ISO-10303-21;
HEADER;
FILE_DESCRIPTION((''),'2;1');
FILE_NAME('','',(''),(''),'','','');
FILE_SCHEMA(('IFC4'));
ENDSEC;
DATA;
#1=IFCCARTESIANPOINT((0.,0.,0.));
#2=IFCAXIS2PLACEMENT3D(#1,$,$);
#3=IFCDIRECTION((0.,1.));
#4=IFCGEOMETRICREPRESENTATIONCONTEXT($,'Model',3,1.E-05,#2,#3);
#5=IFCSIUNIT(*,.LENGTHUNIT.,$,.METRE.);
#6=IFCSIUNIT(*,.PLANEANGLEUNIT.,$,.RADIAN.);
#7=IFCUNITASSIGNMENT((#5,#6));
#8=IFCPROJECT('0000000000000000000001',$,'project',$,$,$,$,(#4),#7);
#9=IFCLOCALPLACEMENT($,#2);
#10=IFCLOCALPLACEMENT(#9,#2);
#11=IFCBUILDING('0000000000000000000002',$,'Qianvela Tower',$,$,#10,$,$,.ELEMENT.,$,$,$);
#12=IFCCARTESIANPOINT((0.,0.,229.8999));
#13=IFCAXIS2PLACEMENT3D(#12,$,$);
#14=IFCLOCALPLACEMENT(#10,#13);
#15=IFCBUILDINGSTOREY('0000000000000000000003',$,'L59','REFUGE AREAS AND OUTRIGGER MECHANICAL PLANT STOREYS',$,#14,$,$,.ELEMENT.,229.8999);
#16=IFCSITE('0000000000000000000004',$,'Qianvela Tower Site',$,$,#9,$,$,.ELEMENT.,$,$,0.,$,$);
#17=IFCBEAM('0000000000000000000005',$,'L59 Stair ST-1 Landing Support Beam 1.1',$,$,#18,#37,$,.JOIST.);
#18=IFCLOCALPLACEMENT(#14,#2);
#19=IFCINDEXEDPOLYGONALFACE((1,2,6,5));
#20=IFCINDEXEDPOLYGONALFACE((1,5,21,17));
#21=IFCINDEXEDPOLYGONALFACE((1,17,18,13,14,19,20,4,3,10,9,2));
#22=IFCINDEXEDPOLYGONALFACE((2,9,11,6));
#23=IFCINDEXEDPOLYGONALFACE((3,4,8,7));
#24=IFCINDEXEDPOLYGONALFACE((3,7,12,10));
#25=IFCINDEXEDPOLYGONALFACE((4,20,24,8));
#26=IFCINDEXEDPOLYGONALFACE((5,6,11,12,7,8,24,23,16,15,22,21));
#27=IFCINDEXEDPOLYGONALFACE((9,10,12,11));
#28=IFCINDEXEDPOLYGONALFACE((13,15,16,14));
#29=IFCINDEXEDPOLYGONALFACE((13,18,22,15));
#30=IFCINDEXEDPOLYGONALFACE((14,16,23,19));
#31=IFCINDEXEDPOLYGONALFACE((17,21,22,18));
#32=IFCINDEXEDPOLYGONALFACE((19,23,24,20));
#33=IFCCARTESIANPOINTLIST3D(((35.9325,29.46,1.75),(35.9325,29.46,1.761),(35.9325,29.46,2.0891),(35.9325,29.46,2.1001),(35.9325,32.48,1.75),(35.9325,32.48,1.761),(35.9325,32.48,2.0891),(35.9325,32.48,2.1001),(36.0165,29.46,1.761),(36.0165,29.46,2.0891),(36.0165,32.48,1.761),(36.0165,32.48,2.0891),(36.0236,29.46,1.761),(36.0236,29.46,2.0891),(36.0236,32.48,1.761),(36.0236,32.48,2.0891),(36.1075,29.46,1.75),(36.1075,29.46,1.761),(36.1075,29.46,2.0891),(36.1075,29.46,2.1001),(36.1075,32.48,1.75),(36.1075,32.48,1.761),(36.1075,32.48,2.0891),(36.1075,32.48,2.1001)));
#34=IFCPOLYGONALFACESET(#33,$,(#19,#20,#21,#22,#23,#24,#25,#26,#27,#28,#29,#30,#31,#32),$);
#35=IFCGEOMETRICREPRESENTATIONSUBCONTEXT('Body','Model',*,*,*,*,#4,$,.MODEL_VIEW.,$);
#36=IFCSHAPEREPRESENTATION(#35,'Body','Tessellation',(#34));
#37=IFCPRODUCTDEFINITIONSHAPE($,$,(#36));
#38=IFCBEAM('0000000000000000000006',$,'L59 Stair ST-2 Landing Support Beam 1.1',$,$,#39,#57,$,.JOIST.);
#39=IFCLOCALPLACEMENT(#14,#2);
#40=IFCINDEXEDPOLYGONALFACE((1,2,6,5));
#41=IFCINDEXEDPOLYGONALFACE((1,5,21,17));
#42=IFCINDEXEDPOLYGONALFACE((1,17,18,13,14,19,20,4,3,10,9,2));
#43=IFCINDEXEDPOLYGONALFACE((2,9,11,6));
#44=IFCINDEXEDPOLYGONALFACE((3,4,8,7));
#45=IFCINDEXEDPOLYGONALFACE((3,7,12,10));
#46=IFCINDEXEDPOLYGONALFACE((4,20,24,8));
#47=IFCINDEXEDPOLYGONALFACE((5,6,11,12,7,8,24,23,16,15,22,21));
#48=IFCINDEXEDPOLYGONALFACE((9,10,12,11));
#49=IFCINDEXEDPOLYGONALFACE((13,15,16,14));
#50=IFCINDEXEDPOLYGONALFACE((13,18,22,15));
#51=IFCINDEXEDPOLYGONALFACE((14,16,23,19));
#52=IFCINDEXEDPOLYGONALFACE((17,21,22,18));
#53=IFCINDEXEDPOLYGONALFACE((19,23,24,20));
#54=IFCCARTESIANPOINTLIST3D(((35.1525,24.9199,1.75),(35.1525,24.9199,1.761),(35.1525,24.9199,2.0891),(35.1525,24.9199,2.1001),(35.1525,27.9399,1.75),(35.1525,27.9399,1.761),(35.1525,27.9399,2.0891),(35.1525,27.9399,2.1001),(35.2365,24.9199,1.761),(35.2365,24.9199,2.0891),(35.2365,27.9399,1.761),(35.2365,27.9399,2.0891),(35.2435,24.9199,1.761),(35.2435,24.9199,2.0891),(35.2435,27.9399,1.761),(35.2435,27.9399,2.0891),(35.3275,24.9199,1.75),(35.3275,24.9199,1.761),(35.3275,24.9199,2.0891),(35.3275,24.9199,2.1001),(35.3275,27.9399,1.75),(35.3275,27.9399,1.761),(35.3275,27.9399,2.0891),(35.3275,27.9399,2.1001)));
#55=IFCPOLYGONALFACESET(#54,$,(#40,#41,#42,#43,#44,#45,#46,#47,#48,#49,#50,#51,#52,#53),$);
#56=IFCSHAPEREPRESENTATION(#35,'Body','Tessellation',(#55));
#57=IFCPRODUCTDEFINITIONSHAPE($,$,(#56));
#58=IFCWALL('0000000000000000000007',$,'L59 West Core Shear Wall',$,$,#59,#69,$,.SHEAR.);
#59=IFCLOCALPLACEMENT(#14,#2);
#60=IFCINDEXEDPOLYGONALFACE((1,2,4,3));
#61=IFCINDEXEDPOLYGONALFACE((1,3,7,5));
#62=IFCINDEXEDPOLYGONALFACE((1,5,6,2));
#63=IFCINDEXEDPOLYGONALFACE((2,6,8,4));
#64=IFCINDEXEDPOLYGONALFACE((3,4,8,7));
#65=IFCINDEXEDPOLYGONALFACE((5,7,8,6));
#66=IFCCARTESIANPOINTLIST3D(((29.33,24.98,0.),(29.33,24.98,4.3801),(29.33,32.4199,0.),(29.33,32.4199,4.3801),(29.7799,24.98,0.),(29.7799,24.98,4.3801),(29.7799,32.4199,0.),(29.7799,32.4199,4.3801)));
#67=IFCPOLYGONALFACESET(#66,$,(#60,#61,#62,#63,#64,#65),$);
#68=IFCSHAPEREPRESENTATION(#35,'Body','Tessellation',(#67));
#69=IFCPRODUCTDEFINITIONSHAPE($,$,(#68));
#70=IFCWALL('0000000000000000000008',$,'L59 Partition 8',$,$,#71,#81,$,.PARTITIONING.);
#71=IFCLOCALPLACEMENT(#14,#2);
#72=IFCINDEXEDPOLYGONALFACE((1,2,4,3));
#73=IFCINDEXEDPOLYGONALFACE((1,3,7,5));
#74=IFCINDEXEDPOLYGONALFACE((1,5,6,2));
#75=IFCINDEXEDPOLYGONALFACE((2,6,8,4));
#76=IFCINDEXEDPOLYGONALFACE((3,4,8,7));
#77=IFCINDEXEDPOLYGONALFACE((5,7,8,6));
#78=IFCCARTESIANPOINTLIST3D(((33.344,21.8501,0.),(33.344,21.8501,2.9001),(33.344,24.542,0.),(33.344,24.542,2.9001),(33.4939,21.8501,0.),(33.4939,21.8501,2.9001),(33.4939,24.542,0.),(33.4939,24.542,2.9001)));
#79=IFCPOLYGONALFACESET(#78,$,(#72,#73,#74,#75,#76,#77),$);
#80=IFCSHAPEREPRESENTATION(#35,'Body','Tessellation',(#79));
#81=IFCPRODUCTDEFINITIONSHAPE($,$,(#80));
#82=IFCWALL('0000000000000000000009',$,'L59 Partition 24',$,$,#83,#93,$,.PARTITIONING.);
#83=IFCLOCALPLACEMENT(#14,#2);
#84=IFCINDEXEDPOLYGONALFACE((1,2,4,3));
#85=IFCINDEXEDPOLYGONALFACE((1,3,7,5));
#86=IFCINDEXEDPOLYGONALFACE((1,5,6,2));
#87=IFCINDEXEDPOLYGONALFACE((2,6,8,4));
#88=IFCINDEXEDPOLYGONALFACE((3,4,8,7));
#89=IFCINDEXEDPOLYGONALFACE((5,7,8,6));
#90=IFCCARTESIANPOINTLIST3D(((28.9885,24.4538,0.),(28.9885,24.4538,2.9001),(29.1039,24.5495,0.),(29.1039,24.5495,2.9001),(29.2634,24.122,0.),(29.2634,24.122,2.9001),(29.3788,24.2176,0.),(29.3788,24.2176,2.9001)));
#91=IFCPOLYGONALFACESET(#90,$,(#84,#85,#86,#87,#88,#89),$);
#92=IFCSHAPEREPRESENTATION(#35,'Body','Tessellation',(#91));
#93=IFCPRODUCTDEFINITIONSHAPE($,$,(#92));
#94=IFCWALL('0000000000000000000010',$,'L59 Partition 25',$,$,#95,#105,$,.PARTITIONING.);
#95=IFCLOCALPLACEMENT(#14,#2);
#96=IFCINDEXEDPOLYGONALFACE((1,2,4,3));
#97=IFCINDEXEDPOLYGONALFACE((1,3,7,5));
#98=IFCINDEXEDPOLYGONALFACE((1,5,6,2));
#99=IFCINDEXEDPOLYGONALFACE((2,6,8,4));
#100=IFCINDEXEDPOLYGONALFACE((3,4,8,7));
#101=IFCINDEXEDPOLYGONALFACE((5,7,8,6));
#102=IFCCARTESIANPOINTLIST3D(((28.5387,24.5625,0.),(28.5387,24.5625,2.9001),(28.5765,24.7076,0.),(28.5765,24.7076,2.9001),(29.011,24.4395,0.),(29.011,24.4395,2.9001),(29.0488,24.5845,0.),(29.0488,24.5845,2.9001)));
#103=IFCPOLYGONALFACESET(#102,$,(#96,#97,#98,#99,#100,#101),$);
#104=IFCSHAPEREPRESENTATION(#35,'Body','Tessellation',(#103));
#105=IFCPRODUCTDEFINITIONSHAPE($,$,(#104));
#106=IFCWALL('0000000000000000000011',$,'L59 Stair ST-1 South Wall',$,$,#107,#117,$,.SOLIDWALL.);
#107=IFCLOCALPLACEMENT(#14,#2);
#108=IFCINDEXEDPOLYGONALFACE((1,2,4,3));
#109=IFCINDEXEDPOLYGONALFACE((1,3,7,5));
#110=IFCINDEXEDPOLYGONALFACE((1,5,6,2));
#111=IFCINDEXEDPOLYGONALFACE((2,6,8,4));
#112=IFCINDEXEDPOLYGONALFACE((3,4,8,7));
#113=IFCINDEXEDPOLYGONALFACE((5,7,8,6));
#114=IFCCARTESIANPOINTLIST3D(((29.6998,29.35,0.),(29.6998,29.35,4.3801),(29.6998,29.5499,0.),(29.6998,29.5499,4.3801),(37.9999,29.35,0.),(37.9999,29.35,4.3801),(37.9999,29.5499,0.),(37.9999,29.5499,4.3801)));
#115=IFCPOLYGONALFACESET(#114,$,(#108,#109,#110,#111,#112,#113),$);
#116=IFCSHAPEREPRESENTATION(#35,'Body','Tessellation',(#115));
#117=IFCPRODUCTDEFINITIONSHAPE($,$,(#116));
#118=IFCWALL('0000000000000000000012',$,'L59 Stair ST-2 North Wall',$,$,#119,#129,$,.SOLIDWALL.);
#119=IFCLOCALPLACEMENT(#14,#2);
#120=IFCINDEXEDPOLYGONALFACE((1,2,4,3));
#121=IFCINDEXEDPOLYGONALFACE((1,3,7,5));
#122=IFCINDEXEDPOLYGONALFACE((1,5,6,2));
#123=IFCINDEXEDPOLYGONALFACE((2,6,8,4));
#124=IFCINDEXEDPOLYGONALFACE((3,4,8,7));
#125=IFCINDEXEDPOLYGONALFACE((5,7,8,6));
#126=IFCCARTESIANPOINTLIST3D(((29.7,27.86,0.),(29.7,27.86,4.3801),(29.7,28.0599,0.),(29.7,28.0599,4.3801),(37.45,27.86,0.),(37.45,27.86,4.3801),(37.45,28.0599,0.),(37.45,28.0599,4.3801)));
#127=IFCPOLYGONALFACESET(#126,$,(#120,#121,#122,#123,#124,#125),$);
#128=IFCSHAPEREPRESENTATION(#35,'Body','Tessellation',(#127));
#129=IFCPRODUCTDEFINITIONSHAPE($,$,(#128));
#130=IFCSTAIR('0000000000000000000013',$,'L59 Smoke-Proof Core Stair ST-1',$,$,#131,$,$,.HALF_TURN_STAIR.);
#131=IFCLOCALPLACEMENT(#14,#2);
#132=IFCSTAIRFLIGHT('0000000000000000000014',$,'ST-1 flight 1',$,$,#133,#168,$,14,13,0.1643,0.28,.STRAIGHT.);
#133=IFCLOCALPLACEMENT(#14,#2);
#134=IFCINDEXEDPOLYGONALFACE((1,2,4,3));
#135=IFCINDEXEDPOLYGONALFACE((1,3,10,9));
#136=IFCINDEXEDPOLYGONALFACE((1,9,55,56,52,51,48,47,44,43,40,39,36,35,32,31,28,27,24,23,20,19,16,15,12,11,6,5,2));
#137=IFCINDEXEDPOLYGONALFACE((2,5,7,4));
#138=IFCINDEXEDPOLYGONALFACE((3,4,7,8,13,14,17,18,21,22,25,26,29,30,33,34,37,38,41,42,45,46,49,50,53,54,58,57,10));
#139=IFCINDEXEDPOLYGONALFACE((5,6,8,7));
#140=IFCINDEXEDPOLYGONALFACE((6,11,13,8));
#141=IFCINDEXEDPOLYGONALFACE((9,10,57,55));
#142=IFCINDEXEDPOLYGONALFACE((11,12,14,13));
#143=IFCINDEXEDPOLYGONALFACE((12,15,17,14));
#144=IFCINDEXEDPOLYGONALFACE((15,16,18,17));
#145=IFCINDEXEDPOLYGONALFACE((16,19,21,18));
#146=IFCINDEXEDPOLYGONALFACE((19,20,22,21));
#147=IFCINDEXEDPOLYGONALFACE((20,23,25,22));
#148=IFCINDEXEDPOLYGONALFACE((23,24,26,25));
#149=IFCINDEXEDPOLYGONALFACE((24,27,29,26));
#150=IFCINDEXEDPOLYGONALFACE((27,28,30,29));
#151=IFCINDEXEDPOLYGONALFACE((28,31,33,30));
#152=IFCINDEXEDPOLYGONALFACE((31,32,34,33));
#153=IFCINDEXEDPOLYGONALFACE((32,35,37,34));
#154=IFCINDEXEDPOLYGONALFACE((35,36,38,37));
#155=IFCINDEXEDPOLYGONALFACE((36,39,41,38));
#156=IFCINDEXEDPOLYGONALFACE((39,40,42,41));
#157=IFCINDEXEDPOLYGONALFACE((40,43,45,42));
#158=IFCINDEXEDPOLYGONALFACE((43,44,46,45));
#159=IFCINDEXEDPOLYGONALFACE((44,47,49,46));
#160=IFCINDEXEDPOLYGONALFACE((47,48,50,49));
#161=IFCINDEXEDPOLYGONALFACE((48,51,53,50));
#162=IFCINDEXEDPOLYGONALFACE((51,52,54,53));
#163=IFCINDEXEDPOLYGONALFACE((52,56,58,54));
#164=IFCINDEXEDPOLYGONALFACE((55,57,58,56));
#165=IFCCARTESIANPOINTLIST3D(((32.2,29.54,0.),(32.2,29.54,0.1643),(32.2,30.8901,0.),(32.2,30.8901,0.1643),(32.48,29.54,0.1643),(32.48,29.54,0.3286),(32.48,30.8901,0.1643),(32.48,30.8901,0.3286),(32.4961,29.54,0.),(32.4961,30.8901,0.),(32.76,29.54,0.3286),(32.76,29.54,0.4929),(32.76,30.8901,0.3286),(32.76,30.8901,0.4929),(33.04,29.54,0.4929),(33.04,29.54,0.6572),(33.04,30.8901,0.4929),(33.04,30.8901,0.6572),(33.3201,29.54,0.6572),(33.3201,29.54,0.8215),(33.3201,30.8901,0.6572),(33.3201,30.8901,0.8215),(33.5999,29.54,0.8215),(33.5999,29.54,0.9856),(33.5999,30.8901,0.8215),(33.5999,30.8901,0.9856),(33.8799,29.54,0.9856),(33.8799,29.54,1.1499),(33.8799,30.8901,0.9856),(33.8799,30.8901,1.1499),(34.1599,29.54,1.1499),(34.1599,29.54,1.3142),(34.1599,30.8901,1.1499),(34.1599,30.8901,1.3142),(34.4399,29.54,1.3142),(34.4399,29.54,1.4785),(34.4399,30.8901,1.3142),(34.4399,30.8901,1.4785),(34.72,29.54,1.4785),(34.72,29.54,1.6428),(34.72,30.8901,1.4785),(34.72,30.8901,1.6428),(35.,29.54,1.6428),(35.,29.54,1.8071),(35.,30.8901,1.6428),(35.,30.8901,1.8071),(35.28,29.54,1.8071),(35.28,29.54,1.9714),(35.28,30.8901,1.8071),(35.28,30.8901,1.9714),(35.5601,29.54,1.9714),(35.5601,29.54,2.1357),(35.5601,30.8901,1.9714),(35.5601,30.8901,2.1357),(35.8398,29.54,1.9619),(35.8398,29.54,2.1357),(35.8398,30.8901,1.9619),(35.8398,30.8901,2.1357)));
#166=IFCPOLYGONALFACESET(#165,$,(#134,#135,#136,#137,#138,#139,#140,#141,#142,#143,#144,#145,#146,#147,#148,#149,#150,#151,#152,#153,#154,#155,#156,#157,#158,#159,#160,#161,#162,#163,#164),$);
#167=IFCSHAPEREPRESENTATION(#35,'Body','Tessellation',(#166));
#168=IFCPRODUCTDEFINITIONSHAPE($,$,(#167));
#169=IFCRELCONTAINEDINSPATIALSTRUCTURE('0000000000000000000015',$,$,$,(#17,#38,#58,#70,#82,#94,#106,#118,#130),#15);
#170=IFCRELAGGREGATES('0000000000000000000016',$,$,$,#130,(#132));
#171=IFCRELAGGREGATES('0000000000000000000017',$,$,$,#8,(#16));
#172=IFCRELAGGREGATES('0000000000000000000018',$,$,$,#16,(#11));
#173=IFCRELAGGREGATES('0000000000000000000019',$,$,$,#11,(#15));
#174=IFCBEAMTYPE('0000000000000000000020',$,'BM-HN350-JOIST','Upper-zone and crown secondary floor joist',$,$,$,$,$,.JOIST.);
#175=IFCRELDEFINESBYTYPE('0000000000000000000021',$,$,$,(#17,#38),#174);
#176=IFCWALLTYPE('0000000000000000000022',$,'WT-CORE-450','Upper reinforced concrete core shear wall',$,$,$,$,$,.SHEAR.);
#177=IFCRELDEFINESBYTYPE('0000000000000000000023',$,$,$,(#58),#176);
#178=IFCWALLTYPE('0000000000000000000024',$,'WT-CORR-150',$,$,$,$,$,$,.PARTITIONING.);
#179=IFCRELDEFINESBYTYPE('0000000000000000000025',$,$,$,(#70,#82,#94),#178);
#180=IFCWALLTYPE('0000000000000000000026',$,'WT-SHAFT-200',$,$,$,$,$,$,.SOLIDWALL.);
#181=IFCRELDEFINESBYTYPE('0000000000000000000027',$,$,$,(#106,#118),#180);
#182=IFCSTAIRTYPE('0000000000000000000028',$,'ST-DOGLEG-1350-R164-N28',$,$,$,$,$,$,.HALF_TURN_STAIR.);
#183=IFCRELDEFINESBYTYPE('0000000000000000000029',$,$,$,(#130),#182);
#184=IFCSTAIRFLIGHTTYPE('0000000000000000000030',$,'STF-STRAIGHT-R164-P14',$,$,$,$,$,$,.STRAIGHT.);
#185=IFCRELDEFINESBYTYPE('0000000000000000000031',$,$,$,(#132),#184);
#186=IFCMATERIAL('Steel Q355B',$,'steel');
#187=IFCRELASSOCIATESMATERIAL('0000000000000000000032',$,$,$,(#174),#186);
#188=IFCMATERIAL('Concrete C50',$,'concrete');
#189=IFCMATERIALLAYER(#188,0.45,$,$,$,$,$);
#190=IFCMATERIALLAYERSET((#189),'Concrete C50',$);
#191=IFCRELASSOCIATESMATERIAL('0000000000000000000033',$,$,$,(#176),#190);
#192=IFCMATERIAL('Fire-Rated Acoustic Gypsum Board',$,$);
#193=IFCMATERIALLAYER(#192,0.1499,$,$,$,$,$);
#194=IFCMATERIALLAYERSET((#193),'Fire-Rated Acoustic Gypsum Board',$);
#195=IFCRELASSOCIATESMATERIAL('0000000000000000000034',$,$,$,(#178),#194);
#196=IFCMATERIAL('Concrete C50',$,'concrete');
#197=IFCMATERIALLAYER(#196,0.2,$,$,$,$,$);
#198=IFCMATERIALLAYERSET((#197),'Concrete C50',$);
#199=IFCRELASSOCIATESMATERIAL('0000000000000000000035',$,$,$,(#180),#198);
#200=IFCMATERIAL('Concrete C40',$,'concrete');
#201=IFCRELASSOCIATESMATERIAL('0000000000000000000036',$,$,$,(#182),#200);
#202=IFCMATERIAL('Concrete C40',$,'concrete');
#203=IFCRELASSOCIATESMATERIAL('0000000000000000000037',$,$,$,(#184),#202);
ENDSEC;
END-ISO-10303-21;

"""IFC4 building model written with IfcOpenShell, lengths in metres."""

from ifc_helpers import new_model, si_unit, direction, frame, frame_2d, origin, origin_2d, place, context, subcontext, project, spatial, polyline, rectangle, i_section, outline, extrude, material, layer, layer_set, material_profile, profile_set, type_object, element, aggregate, save


model = new_model("IFC4")

# Units and contexts
model_context = context("Model", 3, precision=1e-05, world=origin(), true_north=direction((0.0, 1.0)))
body_context = subcontext(model_context, "Body", "Model", "MODEL_VIEW")
ifc_project = project(units=[si_unit("LENGTHUNIT", "METRE"), si_unit("PLANEANGLEUNIT", "RADIAN")], contexts=[model_context])

# Site, building, storey
site_placement = place(None, origin())
site = spatial("IfcSite", under=ifc_project, at=site_placement, Name="Qianvela Tower Site", CompositionType="ELEMENT", RefElevation=0.0)
building_placement = place(site_placement, origin())
building = spatial("IfcBuilding", under=site, at=building_placement, Name="Qianvela Tower", CompositionType="ELEMENT")
storey_placement = place(building_placement, frame((0.0, 0.0, 229.8999)))
storey = spatial("IfcBuildingStorey", under=building, at=storey_placement, Name="L59", Description="REFUGE AREAS AND OUTRIGGER MECHANICAL PLANT STOREYS", CompositionType="ELEMENT", Elevation=229.8999)

# Beams
ifc_material_1 = material(Name="Steel Q355B", Category="steel")
ifc_material_profile = material_profile(ifc_material_1, i_section(OverallWidth=0.175, OverallDepth=0.3501, WebThickness=0.0071, FlangeThickness=0.011, at=origin_2d()), Name="HN350x175x7x11")
ifc_profile_set = profile_set([ifc_material_profile], Name="Steel Q355B")
beam_type = type_object("IfcBeamType", Name="BM-HN350-JOIST", Description="Upper-zone and crown secondary floor joist", PredefinedType="JOIST", material=ifc_profile_set)
for number, where, z_axis, x_axis, name in (
    (1, (36.02, 29.46, 1.925), (0.0, 1.0, 0.0), (-1.0, 0.0, 0.0), "L59 Stair ST-1 Landing Support Beam 1.1"),
    (2, (35.24, 24.9199, 1.925), (0.0, 1.0, 0.0), (-1.0, 0.0, 0.0), "L59 Stair ST-2 Landing Support Beam 1.1"),
):
    element("IfcBeam", number, at=place(storey_placement, frame(where, z_axis=z_axis, x_axis=x_axis)), inside=storey, type_object=beam_type, Name=name, PredefinedType="JOIST", context=body_context, shape_type="SweptSolid", body=[
        extrude(i_section(OverallWidth=0.175, OverallDepth=0.3501, WebThickness=0.0071, FlangeThickness=0.011, at=origin_2d()), origin(), (0.0, 0.0, 1.0), 3.02),
    ])

# Shared definitions
ifc_material_2 = material(Name="Concrete C50", Category="concrete")
ifc_layer_1 = layer(ifc_material_2, 0.45)
ifc_layer_set_1 = layer_set([ifc_layer_1], Name="Concrete C50")
wall_type_1 = type_object("IfcWallType", Name="WT-CORE-450", Description="Upper reinforced concrete core shear wall", PredefinedType="SHEAR", material=ifc_layer_set_1)

# Walls
wall_1_placement = place(storey_placement, frame((29.5549, 24.98, 0.0), z_axis=(0.0, 0.0, 1.0), x_axis=(0.0, 1.0, 0.0)))
element("IfcWall", 3, at=wall_1_placement, inside=storey, type_object=wall_type_1, Name="L59 West Core Shear Wall", PredefinedType="SHEAR", context=body_context, shape_type="SweptSolid", body=[
    extrude(rectangle(XDim=7.4399, YDim=0.45, at=frame_2d((3.72, 0.0))), origin(), (0.0, 0.0, 1.0), 4.3801),
])
ifc_material_3 = material(Name="Fire-Rated Acoustic Gypsum Board")
ifc_layer_2 = layer(ifc_material_3, 0.1499)
ifc_layer_set_2 = layer_set([ifc_layer_2], Name="Fire-Rated Acoustic Gypsum Board")
wall_type_2 = type_object("IfcWallType", Name="WT-CORR-150", PredefinedType="PARTITIONING", material=ifc_layer_set_2)
wall_2_placement = place(storey_placement, frame((33.4189, 24.542, 0.0), z_axis=(0.0, 0.0, 1.0), x_axis=(0.0, -1.0, 0.0)))
element("IfcWall", 4, at=wall_2_placement, inside=storey, type_object=wall_type_2, Name="L59 Partition 8", PredefinedType="PARTITIONING", context=body_context, shape_type="SweptSolid", body=[
    extrude(rectangle(XDim=2.6919, YDim=0.1499, at=frame_2d((1.3459, 0.0))), origin(), (0.0, 0.0, 1.0), 2.9001),
])
wall_3_placement = place(storey_placement, frame((29.321, 24.1699, 0.0), z_axis=(0.0, 0.0, 1.0), x_axis=(-0.638008, 0.77003, 0.0)))
element("IfcWall", 5, at=wall_3_placement, inside=storey, type_object=wall_type_2, Name="L59 Partition 24", PredefinedType="PARTITIONING", context=body_context, shape_type="SweptSolid", body=[
    extrude(rectangle(XDim=0.4309, YDim=0.1499, at=frame_2d((0.2153, 0.0))), origin(), (0.0, 0.0, 1.0), 2.9001),
])
wall_4_placement = place(storey_placement, frame((29.03, 24.512, 0.0), z_axis=(0.0, 0.0, 1.0), x_axis=(-0.967681, 0.252177, 0.0)))
element("IfcWall", 6, at=wall_4_placement, inside=storey, type_object=wall_type_2, Name="L59 Partition 25", PredefinedType="PARTITIONING", context=body_context, shape_type="SweptSolid", body=[
    extrude(rectangle(XDim=0.488, YDim=0.1499, at=frame_2d((0.2441, 0.0))), origin(), (0.0, 0.0, 1.0), 2.9001),
])
ifc_material_4 = material(Name="Concrete C50", Category="concrete")
ifc_layer_3 = layer(ifc_material_4, 0.2)
ifc_layer_set_3 = layer_set([ifc_layer_3], Name="Concrete C50")
wall_type_3 = type_object("IfcWallType", Name="WT-SHAFT-200", PredefinedType="SOLIDWALL", material=ifc_layer_set_3)
wall_5_placement = place(storey_placement, frame((29.7, 29.45, 0.0), z_axis=(0.0, 0.0, 1.0), x_axis=(1.0, 0.0, 0.0)))
element("IfcWall", 7, at=wall_5_placement, inside=storey, type_object=wall_type_3, Name="L59 Stair ST-1 South Wall", PredefinedType="SOLIDWALL", context=body_context, shape_type="SweptSolid", body=[
    extrude(rectangle(XDim=8.3, YDim=0.2, at=frame_2d((4.1499, 0.0))), origin(), (0.0, 0.0, 1.0), 4.3801),
])
wall_6_placement = place(storey_placement, frame((29.7, 27.96, 0.0), z_axis=(0.0, 0.0, 1.0), x_axis=(1.0, 0.0, 0.0)))
element("IfcWall", 8, at=wall_6_placement, inside=storey, type_object=wall_type_3, Name="L59 Stair ST-2 North Wall", PredefinedType="SOLIDWALL", context=body_context, shape_type="SweptSolid", body=[
    extrude(rectangle(XDim=7.75, YDim=0.2, at=frame_2d((3.875, 0.0))), origin(), (0.0, 0.0, 1.0), 4.3801),
])

# Stair, stair flight
ifc_material_5 = material(Name="Concrete C40", Category="concrete")
stair_type = type_object("IfcStairType", Name="ST-DOGLEG-1350-R164-N28", PredefinedType="HALF_TURN_STAIR", material=ifc_material_5)
stair_1_placement = place(storey_placement, origin())
stair_1 = element("IfcStair", 9, at=stair_1_placement, inside=storey, type_object=stair_type, Name="L59 Smoke-Proof Core Stair ST-1", PredefinedType="HALF_TURN_STAIR")
ifc_material_6 = material(Name="Concrete C40", Category="concrete")
stair_flight_type = type_object("IfcStairFlightType", Name="STF-STRAIGHT-R164-P14", PredefinedType="STRAIGHT", material=ifc_material_6)
stair_flight_1_placement = place(storey_placement, frame((32.2, 30.2151, 0.0), z_axis=(0.0, 0.0, 1.0), x_axis=(1.0, 0.0, 0.0)))
stair_flight_1 = element("IfcStairFlight", 10, at=stair_flight_1_placement, type_object=stair_flight_type, Name="ST-1 flight 1", NumberOfRisers=14, NumberOfTreads=13, PredefinedType="STRAIGHT", RiserHeight=0.1643, TreadLength=0.28, context=body_context, shape_type="SweptSolid", body=[
    extrude(outline(polyline([(0.0, 0.0), (0.0, 0.1643), (0.28, 0.1643), (0.28, 0.3286), (0.5601, 0.3286), (0.5601, 0.4929), (0.8401, 0.4929), (0.8401, 0.6572), (1.1201, 0.6572), (1.1201, 0.8215), (1.3999, 0.8215), (1.3999, 0.9856), (1.6799, 0.9856), (1.6799, 1.1499), (1.96, 1.1499), (1.96, 1.3142), (2.24, 1.3142), (2.24, 1.4785), (2.52, 1.4785), (2.52, 1.6428), (2.8, 1.6428), (2.8, 1.8071), (3.0801, 1.8071), (3.0801, 1.9714), (3.3601, 1.9714), (3.3601, 2.1357), (3.6399, 2.1357), (3.6399, 2.3), (3.6399, 1.9619), (0.2961, 0.0), (0.0, 0.0)])), frame((0.0, 0.675, 0.0), z_axis=(0.0, -1.0, 0.0), x_axis=(1.0, 0.0, 0.0)), (0.0, 0.0, 1.0), 1.3501),
])
aggregate(stair_1, [stair_flight_1])

save(model, "model.ifc")
